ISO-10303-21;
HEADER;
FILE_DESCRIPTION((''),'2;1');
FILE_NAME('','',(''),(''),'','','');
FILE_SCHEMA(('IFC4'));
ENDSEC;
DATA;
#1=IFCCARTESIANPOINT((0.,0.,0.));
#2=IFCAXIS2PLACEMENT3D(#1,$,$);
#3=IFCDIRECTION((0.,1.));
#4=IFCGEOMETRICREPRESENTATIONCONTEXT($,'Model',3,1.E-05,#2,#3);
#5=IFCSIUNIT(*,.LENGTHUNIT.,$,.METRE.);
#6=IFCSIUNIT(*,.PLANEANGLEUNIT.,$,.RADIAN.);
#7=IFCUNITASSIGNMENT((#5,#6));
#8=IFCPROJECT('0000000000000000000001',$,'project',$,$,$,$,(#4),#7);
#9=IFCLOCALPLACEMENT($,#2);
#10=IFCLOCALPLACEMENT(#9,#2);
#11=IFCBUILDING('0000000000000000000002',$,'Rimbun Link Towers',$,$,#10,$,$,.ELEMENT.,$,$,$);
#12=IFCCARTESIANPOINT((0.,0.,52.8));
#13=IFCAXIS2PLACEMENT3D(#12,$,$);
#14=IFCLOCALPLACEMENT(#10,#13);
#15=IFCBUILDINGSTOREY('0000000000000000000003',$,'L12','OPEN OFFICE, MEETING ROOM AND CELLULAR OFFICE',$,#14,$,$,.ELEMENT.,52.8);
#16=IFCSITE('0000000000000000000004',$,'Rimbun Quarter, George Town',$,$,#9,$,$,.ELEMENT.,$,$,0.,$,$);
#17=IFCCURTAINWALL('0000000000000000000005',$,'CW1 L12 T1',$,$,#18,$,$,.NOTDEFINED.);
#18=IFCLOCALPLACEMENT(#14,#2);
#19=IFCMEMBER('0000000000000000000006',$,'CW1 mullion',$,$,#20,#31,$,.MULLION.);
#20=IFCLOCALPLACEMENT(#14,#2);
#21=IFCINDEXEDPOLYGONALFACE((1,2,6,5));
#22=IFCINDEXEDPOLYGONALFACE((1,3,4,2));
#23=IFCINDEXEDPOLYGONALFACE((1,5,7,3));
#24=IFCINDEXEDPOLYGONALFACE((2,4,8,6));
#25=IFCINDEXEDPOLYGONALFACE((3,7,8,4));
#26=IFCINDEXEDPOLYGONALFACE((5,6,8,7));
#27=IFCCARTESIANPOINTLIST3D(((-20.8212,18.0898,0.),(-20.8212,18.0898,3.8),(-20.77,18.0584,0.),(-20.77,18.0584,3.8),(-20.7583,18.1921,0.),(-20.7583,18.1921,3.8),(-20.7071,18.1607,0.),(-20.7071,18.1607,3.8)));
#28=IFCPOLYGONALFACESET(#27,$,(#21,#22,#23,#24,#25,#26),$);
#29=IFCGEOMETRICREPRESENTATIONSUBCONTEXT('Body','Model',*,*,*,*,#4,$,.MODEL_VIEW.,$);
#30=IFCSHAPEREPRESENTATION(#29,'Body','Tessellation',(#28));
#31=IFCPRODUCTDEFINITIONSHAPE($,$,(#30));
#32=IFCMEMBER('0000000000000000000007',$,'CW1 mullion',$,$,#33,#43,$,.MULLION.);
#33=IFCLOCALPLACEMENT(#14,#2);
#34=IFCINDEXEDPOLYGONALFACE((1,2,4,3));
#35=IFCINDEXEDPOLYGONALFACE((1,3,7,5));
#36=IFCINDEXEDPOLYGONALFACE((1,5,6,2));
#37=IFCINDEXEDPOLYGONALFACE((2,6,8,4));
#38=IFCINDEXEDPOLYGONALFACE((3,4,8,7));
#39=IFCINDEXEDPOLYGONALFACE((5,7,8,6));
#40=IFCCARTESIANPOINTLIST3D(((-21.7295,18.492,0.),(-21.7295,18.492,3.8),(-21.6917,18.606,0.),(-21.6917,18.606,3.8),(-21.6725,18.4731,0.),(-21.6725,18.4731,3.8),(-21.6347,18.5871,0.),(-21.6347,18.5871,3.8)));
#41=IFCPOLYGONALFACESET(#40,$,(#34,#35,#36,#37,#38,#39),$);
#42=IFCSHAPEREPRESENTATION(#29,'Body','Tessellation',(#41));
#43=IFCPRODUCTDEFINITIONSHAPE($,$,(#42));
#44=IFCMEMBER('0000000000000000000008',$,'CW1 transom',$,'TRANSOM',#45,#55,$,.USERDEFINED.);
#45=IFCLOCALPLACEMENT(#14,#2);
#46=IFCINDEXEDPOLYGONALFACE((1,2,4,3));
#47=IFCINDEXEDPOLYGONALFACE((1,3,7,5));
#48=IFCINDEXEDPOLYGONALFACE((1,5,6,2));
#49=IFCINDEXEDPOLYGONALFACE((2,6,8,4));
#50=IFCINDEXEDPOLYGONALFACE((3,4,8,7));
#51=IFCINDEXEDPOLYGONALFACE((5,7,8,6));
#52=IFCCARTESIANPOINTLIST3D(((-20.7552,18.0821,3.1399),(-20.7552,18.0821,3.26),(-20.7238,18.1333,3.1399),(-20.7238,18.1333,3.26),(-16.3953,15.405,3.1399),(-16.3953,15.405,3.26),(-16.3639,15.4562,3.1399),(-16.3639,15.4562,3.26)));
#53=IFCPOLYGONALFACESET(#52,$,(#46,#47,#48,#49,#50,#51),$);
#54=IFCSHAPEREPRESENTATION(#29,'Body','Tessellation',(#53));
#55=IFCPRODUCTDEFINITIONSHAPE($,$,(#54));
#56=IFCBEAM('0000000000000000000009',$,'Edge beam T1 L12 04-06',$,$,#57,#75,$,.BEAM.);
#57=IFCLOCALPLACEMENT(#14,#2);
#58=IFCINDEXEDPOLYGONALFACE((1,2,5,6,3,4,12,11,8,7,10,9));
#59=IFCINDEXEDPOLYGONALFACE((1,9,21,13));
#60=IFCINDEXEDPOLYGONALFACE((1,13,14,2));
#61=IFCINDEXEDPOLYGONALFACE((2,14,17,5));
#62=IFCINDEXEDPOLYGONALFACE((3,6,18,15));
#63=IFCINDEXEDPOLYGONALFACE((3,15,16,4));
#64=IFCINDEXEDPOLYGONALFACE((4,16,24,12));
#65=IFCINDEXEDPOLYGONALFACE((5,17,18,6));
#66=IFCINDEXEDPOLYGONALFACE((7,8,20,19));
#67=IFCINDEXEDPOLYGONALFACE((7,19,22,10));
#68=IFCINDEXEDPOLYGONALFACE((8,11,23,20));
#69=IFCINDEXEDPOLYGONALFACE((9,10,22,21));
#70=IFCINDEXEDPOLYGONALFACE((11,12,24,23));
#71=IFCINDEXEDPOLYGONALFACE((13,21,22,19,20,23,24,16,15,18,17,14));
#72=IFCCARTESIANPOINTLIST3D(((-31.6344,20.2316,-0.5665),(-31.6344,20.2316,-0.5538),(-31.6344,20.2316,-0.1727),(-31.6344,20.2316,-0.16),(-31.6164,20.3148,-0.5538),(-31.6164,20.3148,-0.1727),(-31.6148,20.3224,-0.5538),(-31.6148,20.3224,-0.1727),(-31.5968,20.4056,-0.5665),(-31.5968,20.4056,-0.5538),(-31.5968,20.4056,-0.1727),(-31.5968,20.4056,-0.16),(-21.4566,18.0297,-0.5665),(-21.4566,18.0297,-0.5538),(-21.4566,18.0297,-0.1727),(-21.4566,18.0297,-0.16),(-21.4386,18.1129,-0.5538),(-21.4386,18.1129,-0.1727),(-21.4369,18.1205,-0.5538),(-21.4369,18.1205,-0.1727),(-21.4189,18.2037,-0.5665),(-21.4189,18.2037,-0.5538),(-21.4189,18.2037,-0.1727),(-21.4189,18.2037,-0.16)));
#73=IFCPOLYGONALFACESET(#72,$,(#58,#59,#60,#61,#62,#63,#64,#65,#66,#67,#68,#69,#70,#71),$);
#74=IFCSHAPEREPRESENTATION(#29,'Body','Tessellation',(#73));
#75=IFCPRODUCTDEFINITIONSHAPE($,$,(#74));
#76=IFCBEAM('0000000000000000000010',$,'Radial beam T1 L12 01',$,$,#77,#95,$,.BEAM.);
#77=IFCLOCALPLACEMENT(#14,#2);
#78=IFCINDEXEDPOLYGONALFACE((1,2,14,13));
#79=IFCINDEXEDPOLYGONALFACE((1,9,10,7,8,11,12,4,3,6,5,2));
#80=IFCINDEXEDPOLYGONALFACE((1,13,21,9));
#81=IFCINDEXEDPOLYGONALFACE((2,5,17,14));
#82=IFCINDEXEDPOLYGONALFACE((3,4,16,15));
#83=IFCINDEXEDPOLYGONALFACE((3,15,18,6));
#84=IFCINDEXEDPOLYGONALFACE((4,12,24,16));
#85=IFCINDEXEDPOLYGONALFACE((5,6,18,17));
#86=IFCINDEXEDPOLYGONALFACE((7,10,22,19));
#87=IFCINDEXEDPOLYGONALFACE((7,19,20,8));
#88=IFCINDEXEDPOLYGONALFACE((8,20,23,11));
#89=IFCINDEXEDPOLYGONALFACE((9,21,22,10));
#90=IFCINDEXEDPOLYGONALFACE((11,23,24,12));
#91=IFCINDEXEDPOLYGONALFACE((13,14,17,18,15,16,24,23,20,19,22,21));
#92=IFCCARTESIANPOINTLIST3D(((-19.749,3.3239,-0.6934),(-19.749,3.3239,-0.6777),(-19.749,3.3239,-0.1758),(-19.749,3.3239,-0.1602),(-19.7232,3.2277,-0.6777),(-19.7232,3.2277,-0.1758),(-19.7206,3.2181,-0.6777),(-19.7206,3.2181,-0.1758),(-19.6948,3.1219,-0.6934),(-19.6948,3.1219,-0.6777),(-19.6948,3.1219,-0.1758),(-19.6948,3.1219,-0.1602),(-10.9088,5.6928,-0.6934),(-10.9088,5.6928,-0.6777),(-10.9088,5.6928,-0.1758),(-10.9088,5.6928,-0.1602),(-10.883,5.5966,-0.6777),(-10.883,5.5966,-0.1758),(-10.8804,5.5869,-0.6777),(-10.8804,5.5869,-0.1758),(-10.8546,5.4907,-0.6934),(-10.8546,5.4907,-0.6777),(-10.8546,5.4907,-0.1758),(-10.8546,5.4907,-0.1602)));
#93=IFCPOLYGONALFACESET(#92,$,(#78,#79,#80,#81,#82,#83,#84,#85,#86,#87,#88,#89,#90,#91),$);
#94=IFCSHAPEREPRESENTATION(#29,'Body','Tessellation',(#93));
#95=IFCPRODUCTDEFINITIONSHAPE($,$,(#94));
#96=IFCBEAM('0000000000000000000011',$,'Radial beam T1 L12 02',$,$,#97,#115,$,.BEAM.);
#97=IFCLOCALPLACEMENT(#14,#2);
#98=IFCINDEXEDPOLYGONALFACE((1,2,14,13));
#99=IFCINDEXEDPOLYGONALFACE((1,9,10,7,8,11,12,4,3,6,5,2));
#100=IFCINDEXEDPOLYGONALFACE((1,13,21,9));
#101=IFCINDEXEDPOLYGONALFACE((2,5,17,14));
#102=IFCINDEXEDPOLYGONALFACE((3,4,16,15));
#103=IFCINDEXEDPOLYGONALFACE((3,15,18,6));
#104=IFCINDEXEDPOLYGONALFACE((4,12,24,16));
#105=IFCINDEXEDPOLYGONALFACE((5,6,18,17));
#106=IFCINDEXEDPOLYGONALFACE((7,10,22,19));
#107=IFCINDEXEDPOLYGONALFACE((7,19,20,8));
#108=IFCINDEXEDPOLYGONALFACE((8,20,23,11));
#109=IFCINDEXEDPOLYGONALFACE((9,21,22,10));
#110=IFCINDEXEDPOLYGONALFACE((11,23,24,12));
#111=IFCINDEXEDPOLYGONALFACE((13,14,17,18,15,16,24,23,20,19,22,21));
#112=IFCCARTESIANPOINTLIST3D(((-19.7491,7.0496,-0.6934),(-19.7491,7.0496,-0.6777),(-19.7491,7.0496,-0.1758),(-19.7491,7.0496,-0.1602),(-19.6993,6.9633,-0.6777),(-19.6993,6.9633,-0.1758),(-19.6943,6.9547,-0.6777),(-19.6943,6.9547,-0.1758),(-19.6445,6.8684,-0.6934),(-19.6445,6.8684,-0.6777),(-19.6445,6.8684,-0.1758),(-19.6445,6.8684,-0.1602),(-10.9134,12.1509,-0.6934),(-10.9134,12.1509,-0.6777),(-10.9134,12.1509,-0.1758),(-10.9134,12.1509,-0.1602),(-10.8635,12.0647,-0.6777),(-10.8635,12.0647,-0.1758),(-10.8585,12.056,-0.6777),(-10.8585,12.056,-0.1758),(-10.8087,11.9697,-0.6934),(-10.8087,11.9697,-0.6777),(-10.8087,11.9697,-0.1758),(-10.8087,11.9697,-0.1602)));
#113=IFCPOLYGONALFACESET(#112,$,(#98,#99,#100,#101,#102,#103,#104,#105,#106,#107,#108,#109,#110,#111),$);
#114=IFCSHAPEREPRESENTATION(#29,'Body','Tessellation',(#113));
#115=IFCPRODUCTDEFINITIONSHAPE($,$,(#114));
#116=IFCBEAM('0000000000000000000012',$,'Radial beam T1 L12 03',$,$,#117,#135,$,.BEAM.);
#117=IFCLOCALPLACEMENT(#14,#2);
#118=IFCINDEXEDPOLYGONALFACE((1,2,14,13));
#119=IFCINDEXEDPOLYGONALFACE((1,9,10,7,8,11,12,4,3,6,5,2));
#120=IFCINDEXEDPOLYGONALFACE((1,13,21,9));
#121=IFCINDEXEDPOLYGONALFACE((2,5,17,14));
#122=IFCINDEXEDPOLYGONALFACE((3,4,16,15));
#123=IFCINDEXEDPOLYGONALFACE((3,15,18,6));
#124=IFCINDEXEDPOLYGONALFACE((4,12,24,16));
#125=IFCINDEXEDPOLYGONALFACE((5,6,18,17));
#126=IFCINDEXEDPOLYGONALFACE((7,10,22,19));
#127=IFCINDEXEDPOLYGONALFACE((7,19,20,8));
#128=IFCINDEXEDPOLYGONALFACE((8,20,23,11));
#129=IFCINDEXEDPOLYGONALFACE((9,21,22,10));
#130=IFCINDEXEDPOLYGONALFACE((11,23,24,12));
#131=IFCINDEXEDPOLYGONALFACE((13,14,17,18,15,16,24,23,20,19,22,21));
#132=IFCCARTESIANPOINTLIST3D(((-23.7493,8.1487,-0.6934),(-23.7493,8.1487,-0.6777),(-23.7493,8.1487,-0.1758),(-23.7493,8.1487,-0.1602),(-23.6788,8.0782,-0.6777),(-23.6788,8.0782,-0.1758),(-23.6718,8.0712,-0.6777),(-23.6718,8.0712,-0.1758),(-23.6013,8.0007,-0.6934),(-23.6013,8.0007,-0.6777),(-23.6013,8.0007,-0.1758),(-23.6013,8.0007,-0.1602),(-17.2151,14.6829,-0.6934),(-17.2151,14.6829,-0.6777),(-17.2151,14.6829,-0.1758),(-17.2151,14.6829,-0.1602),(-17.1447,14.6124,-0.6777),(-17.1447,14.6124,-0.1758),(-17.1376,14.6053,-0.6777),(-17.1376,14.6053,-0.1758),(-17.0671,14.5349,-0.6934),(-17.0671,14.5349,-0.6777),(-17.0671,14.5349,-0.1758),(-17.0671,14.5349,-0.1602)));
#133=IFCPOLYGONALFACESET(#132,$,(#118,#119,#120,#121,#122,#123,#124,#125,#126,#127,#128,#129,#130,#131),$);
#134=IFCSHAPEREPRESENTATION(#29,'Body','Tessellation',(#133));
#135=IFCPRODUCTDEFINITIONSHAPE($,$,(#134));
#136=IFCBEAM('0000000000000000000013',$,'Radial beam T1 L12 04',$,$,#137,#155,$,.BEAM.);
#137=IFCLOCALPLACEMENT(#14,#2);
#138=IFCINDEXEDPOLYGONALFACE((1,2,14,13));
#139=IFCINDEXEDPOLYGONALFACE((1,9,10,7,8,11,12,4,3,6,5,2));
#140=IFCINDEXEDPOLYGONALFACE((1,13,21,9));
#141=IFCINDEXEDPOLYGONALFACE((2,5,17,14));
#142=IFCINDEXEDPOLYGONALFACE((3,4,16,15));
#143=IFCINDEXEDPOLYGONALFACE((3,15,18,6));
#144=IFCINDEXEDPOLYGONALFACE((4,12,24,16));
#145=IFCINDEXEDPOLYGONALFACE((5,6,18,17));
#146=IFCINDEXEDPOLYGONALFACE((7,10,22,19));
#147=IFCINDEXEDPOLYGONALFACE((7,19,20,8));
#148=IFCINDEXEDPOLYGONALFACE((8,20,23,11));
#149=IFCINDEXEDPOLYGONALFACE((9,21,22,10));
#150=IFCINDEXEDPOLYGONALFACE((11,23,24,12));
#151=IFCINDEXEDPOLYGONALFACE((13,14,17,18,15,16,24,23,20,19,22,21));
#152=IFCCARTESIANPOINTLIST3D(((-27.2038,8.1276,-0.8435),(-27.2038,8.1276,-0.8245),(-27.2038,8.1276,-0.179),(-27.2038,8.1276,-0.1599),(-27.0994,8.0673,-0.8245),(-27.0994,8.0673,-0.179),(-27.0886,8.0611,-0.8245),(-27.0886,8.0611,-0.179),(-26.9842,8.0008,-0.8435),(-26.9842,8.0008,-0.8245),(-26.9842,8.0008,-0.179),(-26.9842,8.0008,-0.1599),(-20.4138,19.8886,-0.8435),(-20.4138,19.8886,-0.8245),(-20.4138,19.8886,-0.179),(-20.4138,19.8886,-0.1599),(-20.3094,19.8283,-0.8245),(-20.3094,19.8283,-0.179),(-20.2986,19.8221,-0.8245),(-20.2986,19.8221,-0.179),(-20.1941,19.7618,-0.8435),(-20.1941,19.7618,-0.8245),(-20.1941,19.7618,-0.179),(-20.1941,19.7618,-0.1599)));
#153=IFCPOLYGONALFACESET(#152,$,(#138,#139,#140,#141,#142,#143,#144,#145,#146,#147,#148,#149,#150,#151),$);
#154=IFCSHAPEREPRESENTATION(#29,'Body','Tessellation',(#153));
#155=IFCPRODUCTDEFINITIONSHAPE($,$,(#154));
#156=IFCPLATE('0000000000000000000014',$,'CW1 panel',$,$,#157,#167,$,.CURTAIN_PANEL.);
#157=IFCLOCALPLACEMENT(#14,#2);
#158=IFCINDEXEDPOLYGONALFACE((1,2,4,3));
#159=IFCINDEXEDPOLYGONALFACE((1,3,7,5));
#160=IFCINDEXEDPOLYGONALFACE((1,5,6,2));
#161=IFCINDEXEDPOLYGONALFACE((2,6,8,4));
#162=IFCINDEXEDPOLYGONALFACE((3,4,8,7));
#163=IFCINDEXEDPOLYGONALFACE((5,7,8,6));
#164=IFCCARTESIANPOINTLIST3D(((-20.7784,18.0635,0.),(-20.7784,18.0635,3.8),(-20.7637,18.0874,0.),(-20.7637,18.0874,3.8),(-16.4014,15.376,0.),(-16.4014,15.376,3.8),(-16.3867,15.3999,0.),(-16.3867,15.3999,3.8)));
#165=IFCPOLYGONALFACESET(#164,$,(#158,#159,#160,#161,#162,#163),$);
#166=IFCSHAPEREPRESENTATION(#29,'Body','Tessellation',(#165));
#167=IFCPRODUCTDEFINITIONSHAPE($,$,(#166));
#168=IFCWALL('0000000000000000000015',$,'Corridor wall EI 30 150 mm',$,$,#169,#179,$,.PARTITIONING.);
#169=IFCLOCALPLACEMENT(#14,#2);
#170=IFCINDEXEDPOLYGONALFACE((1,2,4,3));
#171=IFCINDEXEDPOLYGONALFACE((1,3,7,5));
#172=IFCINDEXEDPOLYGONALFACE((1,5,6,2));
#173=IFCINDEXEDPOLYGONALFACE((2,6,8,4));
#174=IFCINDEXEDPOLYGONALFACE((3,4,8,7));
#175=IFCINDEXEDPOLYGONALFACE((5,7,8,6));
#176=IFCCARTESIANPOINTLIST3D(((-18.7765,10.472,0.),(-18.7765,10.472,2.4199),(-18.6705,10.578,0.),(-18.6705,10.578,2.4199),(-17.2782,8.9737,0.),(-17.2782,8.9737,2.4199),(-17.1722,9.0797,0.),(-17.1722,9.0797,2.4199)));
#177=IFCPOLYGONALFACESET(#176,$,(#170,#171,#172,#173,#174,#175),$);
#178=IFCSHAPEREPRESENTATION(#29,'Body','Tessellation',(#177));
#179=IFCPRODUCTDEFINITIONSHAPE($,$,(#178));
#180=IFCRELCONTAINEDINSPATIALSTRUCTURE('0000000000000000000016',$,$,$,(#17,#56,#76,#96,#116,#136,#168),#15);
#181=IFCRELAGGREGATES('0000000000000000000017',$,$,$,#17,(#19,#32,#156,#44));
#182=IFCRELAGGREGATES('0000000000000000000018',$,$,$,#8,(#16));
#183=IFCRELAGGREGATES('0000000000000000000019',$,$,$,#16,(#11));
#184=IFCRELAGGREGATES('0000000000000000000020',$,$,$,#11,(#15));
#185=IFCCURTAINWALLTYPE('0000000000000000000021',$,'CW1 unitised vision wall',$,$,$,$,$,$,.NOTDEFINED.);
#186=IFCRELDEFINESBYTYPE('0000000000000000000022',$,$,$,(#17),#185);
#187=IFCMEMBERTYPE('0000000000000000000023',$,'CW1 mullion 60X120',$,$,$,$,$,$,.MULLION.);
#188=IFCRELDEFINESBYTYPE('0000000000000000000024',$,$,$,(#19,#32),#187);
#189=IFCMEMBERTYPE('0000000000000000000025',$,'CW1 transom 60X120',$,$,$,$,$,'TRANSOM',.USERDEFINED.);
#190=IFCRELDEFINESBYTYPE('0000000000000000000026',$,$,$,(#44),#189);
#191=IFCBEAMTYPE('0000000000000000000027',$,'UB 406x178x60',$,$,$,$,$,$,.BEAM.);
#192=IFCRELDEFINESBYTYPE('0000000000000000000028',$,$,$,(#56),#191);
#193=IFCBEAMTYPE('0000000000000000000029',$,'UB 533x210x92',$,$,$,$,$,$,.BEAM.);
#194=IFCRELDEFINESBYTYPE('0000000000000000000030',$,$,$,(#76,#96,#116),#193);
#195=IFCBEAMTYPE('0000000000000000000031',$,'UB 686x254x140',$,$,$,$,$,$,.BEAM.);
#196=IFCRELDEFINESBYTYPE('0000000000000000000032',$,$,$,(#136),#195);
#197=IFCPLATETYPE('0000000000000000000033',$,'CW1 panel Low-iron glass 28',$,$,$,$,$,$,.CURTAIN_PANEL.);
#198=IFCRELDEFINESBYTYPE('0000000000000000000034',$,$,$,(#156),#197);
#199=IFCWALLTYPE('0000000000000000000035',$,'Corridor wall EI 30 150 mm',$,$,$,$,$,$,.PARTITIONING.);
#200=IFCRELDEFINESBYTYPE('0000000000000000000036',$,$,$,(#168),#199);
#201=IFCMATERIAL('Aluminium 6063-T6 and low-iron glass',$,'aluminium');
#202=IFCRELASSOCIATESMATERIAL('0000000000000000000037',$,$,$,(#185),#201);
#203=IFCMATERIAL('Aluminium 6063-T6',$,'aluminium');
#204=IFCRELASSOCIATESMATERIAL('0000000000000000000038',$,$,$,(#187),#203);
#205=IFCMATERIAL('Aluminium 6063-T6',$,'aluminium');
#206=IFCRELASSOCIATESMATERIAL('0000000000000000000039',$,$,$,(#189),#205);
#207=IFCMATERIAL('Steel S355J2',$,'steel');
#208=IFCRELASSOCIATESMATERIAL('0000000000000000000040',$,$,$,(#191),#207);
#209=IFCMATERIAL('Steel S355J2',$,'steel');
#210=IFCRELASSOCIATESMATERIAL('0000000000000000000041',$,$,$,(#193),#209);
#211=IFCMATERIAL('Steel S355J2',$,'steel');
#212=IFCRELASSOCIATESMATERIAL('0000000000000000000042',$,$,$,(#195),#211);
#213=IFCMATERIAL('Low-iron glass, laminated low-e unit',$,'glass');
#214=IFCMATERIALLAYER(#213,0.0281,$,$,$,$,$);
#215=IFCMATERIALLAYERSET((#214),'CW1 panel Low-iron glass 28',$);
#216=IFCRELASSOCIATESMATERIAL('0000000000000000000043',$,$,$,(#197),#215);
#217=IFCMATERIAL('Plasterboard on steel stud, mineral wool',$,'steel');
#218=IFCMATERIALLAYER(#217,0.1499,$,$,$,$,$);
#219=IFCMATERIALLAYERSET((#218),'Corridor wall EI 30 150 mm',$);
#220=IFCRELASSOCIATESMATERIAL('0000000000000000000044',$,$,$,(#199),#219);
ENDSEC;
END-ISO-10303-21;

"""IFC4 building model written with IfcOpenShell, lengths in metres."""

from ifc_helpers import new_model, si_unit, direction, frame, frame_2d, origin, origin_2d, place, context, subcontext, project, spatial, rectangle, i_section, extrude, material, layer, layer_set, material_profile, profile_set, type_object, element, aggregate, save


model = new_model("IFC4")

# Units and contexts
model_context = context("Model", 3, precision=1e-05, world=origin(), true_north=direction((0.0, 1.0)))
body_context = subcontext(model_context, "Body", "Model", "MODEL_VIEW")
ifc_project = project(units=[si_unit("LENGTHUNIT", "METRE"), si_unit("PLANEANGLEUNIT", "RADIAN")], contexts=[model_context])

# Site, building, storey
site_placement = place(None, origin())
site = spatial("IfcSite", under=ifc_project, at=site_placement, Name="Rimbun Quarter, George Town", CompositionType="ELEMENT", RefElevation=0.0)
building_placement = place(site_placement, origin())
building = spatial("IfcBuilding", under=site, at=building_placement, Name="Rimbun Link Towers", CompositionType="ELEMENT")
storey_placement = place(building_placement, frame((0.0, 0.0, 52.8)))
storey = spatial("IfcBuildingStorey", under=building, at=storey_placement, Name="L12", Description="OPEN OFFICE, MEETING ROOM AND CELLULAR OFFICE", CompositionType="ELEMENT", Elevation=52.8)

# Curtain wall, members
ifc_material_1 = material(Name="Aluminium 6063-T6 and low-iron glass", Category="aluminium")
curtain_wall_type = type_object("IfcCurtainWallType", Name="CW1 unitised vision wall", PredefinedType="NOTDEFINED", material=ifc_material_1)
curtain_wall_placement = place(storey_placement, origin())
curtain_wall = element("IfcCurtainWall", 1, at=curtain_wall_placement, inside=storey, type_object=curtain_wall_type, Name="CW1 L12 T1", PredefinedType="NOTDEFINED")
ifc_material_2 = material(Name="Aluminium 6063-T6", Category="aluminium")
ifc_material_profile_1 = material_profile(ifc_material_2, rectangle(XDim=0.1201, YDim=0.0601, at=origin_2d()), Name="MULLION 60X120")
ifc_profile_set_1 = profile_set([ifc_material_profile_1], Name="Aluminium 6063-T6")
member_type_1 = type_object("IfcMemberType", Name="CW1 mullion 60X120", PredefinedType="MULLION", material=ifc_profile_set_1)
member_1_placement = place(storey_placement, frame((-20.7642, 18.1252, 0.0), z_axis=(0.0, 0.0, 1.0), x_axis=(0.523243, 0.852183, 0.0)))
member_1 = element("IfcMember", 2, at=member_1_placement, type_object=member_type_1, Name="CW1 mullion", PredefinedType="MULLION", context=body_context, shape_type="SweptSolid", body=[
    extrude(rectangle(XDim=0.1201, YDim=0.0601, at=origin_2d()), origin(), (0.0, 0.0, 1.0), 3.8),
])
member_2_placement = place(storey_placement, frame((-21.6821, 18.5396, 0.0), z_axis=(0.0, 0.0, 1.0), x_axis=(0.314563, 0.949236, 0.0)))
member_2 = element("IfcMember", 3, at=member_2_placement, type_object=member_type_1, Name="CW1 mullion", PredefinedType="MULLION", context=body_context, shape_type="SweptSolid", body=[
    extrude(rectangle(XDim=0.1201, YDim=0.0601, at=origin_2d()), origin(), (0.0, 0.0, 1.0), 3.8),
])
ifc_material_3 = material(Name="Aluminium 6063-T6", Category="aluminium")
ifc_material_profile_2 = material_profile(ifc_material_3, rectangle(XDim=0.0601, YDim=0.1201, at=origin_2d()), Name="TRANSOM 60X120")
ifc_profile_set_2 = profile_set([ifc_material_profile_2], Name="Aluminium 6063-T6")
member_type_2 = type_object("IfcMemberType", Name="CW1 transom 60X120", ElementType="TRANSOM", PredefinedType="USERDEFINED", material=ifc_profile_set_2)
member_3_placement = place(storey_placement, frame((-20.7395, 18.1077, 3.2), z_axis=(0.852181, -0.523248, 0.0), x_axis=(0.523248, 0.852181, 0.0)))
member_3 = element("IfcMember", 4, at=member_3_placement, type_object=member_type_2, Name="CW1 transom", ObjectType="TRANSOM", PredefinedType="USERDEFINED", context=body_context, shape_type="SweptSolid", body=[
    extrude(rectangle(XDim=0.0601, YDim=0.1201, at=origin_2d()), origin(), (0.0, 0.0, 1.0), 5.1162),
])

# Beams
ifc_material_4 = material(Name="Steel S355J2", Category="steel")
ifc_material_profile_3 = material_profile(ifc_material_4, i_section(OverallWidth=0.178, OverallDepth=0.4065, WebThickness=0.0078, FlangeThickness=0.0127, at=origin_2d()), Name="UB 406x178x60")
ifc_profile_set_3 = profile_set([ifc_material_profile_3], Name="Steel S355J2")
beam_type_1 = type_object("IfcBeamType", Name="UB 406x178x60", PredefinedType="BEAM", material=ifc_profile_set_3)
beam_1_placement = place(storey_placement, frame((-21.4377, 18.1167, -0.3633), z_axis=(-0.977389, 0.211448, 0.0), x_axis=(-0.211448, -0.977389, 0.0)))
element("IfcBeam", 5, at=beam_1_placement, inside=storey, type_object=beam_type_1, Name="Edge beam T1 L12 04-06", PredefinedType="BEAM", context=body_context, shape_type="SweptSolid", body=[
    extrude(i_section(OverallWidth=0.178, OverallDepth=0.4065, WebThickness=0.0078, FlangeThickness=0.0127, at=origin_2d()), origin(), (0.0, 0.0, 1.0), 10.4133),
])
ifc_material_5 = material(Name="Steel S355J2", Category="steel")
ifc_material_profile_4 = material_profile(ifc_material_5, i_section(OverallWidth=0.2092, OverallDepth=0.5332, WebThickness=0.01, FlangeThickness=0.0156, at=origin_2d()), Name="UB 533x210x92")
ifc_profile_set_4 = profile_set([ifc_material_profile_4], Name="Steel S355J2")
beam_type_2 = type_object("IfcBeamType", Name="UB 533x210x92", PredefinedType="BEAM", material=ifc_profile_set_4)
beam_2_placement = place(storey_placement, frame((-19.7219, 3.2229, -0.4268), z_axis=(0.965922, 0.258833, 0.0), x_axis=(-0.258833, 0.965922, 0.0)))
element("IfcBeam", 6, at=beam_2_placement, inside=storey, type_object=beam_type_2, Name="Radial beam T1 L12 01", PredefinedType="BEAM", context=body_context, shape_type="SweptSolid", body=[
    extrude(i_section(OverallWidth=0.2092, OverallDepth=0.5332, WebThickness=0.01, FlangeThickness=0.0156, at=origin_2d()), origin(), (0.0, 0.0, 1.0), 9.1521),
])
beam_3_placement = place(storey_placement, frame((-19.6968, 6.959, -0.4268), z_axis=(0.866024, 0.500002, 0.0), x_axis=(-0.500002, 0.866024, 0.0)))
element("IfcBeam", 7, at=beam_3_placement, inside=storey, type_object=beam_type_2, Name="Radial beam T1 L12 02", PredefinedType="BEAM", context=body_context, shape_type="SweptSolid", body=[
    extrude(i_section(OverallWidth=0.2092, OverallDepth=0.5332, WebThickness=0.01, FlangeThickness=0.0156, at=origin_2d()), origin(), (0.0, 0.0, 1.0), 10.2026),
])
beam_4_placement = place(storey_placement, frame((-23.6753, 8.0747, -0.4268), z_axis=(0.707107, 0.707107, 0.0), x_axis=(-0.707107, 0.707107, 0.0)))
element("IfcBeam", 8, at=beam_4_placement, inside=storey, type_object=beam_type_2, Name="Radial beam T1 L12 03", PredefinedType="BEAM", context=body_context, shape_type="SweptSolid", body=[
    extrude(i_section(OverallWidth=0.2092, OverallDepth=0.5332, WebThickness=0.01, FlangeThickness=0.0156, at=origin_2d()), origin(), (0.0, 0.0, 1.0), 9.2407),
])
ifc_material_6 = material(Name="Steel S355J2", Category="steel")
ifc_material_profile_5 = material_profile(ifc_material_6, i_section(OverallWidth=0.2537, OverallDepth=0.6836, WebThickness=0.0125, FlangeThickness=0.019, at=origin_2d()), Name="UB 686x254x140")
ifc_profile_set_5 = profile_set([ifc_material_profile_5], Name="Steel S355J2")
beam_type_3 = type_object("IfcBeamType", Name="UB 686x254x140", PredefinedType="BEAM", material=ifc_profile_set_5)
beam_5_placement = place(storey_placement, frame((-27.094, 8.0642, -0.5017), z_axis=(0.499991, 0.866031, 0.0), x_axis=(-0.866031, 0.499991, 0.0)))
element("IfcBeam", 9, at=beam_5_placement, inside=storey, type_object=beam_type_3, Name="Radial beam T1 L12 04", PredefinedType="BEAM", context=body_context, shape_type="SweptSolid", body=[
    extrude(i_section(OverallWidth=0.2537, OverallDepth=0.6836, WebThickness=0.0125, FlangeThickness=0.019, at=origin_2d()), origin(), (0.0, 0.0, 1.0), 13.5803),
])

# Plate
ifc_material_7 = material(Name="Low-iron glass, laminated low-e unit", Category="glass")
ifc_layer_1 = layer(ifc_material_7, 0.0281)
ifc_layer_set_1 = layer_set([ifc_layer_1], Name="CW1 panel Low-iron glass 28")
plate_type = type_object("IfcPlateType", Name="CW1 panel Low-iron glass 28", PredefinedType="CURTAIN_PANEL", material=ifc_layer_set_1)
plate_placement = place(storey_placement, frame((-18.5825, 16.7317, 0.0), z_axis=(0.0, 0.0, 1.0), x_axis=(0.852183, -0.523243, 0.0)))
plate = element("IfcPlate", 10, at=plate_placement, type_object=plate_type, Name="CW1 panel", PredefinedType="CURTAIN_PANEL", context=body_context, shape_type="SweptSolid", body=[
    extrude(rectangle(XDim=5.1362, YDim=0.0281, at=origin_2d()), origin(), (0.0, 0.0, 1.0), 3.8),
])
aggregate(curtain_wall, [member_1, member_2, plate, member_3])

# Wall
ifc_material_8 = material(Name="Plasterboard on steel stud, mineral wool", Category="steel")
ifc_layer_2 = layer(ifc_material_8, 0.1499)
ifc_layer_set_2 = layer_set([ifc_layer_2], Name="Corridor wall EI 30 150 mm")
wall_type_1 = type_object("IfcWallType", Name="Corridor wall EI 30 150 mm", PredefinedType="PARTITIONING", material=ifc_layer_set_2)
wall_1_placement = place(storey_placement, frame((-17.2251, 9.0266, 0.0), z_axis=(0.0, 0.0, 1.0), x_axis=(-0.707107, 0.707107, 0.0)))
element("IfcWall", 11, at=wall_1_placement, inside=storey, type_object=wall_type_1, Name="Corridor wall EI 30 150 mm", PredefinedType="PARTITIONING", context=body_context, shape_type="SweptSolid", body=[
    extrude(rectangle(XDim=2.1189, YDim=0.1499, at=frame_2d((1.0596, 0.0))), origin(), (0.0, 0.0, 1.0), 2.4199),
])

save(model, "model.ifc")
